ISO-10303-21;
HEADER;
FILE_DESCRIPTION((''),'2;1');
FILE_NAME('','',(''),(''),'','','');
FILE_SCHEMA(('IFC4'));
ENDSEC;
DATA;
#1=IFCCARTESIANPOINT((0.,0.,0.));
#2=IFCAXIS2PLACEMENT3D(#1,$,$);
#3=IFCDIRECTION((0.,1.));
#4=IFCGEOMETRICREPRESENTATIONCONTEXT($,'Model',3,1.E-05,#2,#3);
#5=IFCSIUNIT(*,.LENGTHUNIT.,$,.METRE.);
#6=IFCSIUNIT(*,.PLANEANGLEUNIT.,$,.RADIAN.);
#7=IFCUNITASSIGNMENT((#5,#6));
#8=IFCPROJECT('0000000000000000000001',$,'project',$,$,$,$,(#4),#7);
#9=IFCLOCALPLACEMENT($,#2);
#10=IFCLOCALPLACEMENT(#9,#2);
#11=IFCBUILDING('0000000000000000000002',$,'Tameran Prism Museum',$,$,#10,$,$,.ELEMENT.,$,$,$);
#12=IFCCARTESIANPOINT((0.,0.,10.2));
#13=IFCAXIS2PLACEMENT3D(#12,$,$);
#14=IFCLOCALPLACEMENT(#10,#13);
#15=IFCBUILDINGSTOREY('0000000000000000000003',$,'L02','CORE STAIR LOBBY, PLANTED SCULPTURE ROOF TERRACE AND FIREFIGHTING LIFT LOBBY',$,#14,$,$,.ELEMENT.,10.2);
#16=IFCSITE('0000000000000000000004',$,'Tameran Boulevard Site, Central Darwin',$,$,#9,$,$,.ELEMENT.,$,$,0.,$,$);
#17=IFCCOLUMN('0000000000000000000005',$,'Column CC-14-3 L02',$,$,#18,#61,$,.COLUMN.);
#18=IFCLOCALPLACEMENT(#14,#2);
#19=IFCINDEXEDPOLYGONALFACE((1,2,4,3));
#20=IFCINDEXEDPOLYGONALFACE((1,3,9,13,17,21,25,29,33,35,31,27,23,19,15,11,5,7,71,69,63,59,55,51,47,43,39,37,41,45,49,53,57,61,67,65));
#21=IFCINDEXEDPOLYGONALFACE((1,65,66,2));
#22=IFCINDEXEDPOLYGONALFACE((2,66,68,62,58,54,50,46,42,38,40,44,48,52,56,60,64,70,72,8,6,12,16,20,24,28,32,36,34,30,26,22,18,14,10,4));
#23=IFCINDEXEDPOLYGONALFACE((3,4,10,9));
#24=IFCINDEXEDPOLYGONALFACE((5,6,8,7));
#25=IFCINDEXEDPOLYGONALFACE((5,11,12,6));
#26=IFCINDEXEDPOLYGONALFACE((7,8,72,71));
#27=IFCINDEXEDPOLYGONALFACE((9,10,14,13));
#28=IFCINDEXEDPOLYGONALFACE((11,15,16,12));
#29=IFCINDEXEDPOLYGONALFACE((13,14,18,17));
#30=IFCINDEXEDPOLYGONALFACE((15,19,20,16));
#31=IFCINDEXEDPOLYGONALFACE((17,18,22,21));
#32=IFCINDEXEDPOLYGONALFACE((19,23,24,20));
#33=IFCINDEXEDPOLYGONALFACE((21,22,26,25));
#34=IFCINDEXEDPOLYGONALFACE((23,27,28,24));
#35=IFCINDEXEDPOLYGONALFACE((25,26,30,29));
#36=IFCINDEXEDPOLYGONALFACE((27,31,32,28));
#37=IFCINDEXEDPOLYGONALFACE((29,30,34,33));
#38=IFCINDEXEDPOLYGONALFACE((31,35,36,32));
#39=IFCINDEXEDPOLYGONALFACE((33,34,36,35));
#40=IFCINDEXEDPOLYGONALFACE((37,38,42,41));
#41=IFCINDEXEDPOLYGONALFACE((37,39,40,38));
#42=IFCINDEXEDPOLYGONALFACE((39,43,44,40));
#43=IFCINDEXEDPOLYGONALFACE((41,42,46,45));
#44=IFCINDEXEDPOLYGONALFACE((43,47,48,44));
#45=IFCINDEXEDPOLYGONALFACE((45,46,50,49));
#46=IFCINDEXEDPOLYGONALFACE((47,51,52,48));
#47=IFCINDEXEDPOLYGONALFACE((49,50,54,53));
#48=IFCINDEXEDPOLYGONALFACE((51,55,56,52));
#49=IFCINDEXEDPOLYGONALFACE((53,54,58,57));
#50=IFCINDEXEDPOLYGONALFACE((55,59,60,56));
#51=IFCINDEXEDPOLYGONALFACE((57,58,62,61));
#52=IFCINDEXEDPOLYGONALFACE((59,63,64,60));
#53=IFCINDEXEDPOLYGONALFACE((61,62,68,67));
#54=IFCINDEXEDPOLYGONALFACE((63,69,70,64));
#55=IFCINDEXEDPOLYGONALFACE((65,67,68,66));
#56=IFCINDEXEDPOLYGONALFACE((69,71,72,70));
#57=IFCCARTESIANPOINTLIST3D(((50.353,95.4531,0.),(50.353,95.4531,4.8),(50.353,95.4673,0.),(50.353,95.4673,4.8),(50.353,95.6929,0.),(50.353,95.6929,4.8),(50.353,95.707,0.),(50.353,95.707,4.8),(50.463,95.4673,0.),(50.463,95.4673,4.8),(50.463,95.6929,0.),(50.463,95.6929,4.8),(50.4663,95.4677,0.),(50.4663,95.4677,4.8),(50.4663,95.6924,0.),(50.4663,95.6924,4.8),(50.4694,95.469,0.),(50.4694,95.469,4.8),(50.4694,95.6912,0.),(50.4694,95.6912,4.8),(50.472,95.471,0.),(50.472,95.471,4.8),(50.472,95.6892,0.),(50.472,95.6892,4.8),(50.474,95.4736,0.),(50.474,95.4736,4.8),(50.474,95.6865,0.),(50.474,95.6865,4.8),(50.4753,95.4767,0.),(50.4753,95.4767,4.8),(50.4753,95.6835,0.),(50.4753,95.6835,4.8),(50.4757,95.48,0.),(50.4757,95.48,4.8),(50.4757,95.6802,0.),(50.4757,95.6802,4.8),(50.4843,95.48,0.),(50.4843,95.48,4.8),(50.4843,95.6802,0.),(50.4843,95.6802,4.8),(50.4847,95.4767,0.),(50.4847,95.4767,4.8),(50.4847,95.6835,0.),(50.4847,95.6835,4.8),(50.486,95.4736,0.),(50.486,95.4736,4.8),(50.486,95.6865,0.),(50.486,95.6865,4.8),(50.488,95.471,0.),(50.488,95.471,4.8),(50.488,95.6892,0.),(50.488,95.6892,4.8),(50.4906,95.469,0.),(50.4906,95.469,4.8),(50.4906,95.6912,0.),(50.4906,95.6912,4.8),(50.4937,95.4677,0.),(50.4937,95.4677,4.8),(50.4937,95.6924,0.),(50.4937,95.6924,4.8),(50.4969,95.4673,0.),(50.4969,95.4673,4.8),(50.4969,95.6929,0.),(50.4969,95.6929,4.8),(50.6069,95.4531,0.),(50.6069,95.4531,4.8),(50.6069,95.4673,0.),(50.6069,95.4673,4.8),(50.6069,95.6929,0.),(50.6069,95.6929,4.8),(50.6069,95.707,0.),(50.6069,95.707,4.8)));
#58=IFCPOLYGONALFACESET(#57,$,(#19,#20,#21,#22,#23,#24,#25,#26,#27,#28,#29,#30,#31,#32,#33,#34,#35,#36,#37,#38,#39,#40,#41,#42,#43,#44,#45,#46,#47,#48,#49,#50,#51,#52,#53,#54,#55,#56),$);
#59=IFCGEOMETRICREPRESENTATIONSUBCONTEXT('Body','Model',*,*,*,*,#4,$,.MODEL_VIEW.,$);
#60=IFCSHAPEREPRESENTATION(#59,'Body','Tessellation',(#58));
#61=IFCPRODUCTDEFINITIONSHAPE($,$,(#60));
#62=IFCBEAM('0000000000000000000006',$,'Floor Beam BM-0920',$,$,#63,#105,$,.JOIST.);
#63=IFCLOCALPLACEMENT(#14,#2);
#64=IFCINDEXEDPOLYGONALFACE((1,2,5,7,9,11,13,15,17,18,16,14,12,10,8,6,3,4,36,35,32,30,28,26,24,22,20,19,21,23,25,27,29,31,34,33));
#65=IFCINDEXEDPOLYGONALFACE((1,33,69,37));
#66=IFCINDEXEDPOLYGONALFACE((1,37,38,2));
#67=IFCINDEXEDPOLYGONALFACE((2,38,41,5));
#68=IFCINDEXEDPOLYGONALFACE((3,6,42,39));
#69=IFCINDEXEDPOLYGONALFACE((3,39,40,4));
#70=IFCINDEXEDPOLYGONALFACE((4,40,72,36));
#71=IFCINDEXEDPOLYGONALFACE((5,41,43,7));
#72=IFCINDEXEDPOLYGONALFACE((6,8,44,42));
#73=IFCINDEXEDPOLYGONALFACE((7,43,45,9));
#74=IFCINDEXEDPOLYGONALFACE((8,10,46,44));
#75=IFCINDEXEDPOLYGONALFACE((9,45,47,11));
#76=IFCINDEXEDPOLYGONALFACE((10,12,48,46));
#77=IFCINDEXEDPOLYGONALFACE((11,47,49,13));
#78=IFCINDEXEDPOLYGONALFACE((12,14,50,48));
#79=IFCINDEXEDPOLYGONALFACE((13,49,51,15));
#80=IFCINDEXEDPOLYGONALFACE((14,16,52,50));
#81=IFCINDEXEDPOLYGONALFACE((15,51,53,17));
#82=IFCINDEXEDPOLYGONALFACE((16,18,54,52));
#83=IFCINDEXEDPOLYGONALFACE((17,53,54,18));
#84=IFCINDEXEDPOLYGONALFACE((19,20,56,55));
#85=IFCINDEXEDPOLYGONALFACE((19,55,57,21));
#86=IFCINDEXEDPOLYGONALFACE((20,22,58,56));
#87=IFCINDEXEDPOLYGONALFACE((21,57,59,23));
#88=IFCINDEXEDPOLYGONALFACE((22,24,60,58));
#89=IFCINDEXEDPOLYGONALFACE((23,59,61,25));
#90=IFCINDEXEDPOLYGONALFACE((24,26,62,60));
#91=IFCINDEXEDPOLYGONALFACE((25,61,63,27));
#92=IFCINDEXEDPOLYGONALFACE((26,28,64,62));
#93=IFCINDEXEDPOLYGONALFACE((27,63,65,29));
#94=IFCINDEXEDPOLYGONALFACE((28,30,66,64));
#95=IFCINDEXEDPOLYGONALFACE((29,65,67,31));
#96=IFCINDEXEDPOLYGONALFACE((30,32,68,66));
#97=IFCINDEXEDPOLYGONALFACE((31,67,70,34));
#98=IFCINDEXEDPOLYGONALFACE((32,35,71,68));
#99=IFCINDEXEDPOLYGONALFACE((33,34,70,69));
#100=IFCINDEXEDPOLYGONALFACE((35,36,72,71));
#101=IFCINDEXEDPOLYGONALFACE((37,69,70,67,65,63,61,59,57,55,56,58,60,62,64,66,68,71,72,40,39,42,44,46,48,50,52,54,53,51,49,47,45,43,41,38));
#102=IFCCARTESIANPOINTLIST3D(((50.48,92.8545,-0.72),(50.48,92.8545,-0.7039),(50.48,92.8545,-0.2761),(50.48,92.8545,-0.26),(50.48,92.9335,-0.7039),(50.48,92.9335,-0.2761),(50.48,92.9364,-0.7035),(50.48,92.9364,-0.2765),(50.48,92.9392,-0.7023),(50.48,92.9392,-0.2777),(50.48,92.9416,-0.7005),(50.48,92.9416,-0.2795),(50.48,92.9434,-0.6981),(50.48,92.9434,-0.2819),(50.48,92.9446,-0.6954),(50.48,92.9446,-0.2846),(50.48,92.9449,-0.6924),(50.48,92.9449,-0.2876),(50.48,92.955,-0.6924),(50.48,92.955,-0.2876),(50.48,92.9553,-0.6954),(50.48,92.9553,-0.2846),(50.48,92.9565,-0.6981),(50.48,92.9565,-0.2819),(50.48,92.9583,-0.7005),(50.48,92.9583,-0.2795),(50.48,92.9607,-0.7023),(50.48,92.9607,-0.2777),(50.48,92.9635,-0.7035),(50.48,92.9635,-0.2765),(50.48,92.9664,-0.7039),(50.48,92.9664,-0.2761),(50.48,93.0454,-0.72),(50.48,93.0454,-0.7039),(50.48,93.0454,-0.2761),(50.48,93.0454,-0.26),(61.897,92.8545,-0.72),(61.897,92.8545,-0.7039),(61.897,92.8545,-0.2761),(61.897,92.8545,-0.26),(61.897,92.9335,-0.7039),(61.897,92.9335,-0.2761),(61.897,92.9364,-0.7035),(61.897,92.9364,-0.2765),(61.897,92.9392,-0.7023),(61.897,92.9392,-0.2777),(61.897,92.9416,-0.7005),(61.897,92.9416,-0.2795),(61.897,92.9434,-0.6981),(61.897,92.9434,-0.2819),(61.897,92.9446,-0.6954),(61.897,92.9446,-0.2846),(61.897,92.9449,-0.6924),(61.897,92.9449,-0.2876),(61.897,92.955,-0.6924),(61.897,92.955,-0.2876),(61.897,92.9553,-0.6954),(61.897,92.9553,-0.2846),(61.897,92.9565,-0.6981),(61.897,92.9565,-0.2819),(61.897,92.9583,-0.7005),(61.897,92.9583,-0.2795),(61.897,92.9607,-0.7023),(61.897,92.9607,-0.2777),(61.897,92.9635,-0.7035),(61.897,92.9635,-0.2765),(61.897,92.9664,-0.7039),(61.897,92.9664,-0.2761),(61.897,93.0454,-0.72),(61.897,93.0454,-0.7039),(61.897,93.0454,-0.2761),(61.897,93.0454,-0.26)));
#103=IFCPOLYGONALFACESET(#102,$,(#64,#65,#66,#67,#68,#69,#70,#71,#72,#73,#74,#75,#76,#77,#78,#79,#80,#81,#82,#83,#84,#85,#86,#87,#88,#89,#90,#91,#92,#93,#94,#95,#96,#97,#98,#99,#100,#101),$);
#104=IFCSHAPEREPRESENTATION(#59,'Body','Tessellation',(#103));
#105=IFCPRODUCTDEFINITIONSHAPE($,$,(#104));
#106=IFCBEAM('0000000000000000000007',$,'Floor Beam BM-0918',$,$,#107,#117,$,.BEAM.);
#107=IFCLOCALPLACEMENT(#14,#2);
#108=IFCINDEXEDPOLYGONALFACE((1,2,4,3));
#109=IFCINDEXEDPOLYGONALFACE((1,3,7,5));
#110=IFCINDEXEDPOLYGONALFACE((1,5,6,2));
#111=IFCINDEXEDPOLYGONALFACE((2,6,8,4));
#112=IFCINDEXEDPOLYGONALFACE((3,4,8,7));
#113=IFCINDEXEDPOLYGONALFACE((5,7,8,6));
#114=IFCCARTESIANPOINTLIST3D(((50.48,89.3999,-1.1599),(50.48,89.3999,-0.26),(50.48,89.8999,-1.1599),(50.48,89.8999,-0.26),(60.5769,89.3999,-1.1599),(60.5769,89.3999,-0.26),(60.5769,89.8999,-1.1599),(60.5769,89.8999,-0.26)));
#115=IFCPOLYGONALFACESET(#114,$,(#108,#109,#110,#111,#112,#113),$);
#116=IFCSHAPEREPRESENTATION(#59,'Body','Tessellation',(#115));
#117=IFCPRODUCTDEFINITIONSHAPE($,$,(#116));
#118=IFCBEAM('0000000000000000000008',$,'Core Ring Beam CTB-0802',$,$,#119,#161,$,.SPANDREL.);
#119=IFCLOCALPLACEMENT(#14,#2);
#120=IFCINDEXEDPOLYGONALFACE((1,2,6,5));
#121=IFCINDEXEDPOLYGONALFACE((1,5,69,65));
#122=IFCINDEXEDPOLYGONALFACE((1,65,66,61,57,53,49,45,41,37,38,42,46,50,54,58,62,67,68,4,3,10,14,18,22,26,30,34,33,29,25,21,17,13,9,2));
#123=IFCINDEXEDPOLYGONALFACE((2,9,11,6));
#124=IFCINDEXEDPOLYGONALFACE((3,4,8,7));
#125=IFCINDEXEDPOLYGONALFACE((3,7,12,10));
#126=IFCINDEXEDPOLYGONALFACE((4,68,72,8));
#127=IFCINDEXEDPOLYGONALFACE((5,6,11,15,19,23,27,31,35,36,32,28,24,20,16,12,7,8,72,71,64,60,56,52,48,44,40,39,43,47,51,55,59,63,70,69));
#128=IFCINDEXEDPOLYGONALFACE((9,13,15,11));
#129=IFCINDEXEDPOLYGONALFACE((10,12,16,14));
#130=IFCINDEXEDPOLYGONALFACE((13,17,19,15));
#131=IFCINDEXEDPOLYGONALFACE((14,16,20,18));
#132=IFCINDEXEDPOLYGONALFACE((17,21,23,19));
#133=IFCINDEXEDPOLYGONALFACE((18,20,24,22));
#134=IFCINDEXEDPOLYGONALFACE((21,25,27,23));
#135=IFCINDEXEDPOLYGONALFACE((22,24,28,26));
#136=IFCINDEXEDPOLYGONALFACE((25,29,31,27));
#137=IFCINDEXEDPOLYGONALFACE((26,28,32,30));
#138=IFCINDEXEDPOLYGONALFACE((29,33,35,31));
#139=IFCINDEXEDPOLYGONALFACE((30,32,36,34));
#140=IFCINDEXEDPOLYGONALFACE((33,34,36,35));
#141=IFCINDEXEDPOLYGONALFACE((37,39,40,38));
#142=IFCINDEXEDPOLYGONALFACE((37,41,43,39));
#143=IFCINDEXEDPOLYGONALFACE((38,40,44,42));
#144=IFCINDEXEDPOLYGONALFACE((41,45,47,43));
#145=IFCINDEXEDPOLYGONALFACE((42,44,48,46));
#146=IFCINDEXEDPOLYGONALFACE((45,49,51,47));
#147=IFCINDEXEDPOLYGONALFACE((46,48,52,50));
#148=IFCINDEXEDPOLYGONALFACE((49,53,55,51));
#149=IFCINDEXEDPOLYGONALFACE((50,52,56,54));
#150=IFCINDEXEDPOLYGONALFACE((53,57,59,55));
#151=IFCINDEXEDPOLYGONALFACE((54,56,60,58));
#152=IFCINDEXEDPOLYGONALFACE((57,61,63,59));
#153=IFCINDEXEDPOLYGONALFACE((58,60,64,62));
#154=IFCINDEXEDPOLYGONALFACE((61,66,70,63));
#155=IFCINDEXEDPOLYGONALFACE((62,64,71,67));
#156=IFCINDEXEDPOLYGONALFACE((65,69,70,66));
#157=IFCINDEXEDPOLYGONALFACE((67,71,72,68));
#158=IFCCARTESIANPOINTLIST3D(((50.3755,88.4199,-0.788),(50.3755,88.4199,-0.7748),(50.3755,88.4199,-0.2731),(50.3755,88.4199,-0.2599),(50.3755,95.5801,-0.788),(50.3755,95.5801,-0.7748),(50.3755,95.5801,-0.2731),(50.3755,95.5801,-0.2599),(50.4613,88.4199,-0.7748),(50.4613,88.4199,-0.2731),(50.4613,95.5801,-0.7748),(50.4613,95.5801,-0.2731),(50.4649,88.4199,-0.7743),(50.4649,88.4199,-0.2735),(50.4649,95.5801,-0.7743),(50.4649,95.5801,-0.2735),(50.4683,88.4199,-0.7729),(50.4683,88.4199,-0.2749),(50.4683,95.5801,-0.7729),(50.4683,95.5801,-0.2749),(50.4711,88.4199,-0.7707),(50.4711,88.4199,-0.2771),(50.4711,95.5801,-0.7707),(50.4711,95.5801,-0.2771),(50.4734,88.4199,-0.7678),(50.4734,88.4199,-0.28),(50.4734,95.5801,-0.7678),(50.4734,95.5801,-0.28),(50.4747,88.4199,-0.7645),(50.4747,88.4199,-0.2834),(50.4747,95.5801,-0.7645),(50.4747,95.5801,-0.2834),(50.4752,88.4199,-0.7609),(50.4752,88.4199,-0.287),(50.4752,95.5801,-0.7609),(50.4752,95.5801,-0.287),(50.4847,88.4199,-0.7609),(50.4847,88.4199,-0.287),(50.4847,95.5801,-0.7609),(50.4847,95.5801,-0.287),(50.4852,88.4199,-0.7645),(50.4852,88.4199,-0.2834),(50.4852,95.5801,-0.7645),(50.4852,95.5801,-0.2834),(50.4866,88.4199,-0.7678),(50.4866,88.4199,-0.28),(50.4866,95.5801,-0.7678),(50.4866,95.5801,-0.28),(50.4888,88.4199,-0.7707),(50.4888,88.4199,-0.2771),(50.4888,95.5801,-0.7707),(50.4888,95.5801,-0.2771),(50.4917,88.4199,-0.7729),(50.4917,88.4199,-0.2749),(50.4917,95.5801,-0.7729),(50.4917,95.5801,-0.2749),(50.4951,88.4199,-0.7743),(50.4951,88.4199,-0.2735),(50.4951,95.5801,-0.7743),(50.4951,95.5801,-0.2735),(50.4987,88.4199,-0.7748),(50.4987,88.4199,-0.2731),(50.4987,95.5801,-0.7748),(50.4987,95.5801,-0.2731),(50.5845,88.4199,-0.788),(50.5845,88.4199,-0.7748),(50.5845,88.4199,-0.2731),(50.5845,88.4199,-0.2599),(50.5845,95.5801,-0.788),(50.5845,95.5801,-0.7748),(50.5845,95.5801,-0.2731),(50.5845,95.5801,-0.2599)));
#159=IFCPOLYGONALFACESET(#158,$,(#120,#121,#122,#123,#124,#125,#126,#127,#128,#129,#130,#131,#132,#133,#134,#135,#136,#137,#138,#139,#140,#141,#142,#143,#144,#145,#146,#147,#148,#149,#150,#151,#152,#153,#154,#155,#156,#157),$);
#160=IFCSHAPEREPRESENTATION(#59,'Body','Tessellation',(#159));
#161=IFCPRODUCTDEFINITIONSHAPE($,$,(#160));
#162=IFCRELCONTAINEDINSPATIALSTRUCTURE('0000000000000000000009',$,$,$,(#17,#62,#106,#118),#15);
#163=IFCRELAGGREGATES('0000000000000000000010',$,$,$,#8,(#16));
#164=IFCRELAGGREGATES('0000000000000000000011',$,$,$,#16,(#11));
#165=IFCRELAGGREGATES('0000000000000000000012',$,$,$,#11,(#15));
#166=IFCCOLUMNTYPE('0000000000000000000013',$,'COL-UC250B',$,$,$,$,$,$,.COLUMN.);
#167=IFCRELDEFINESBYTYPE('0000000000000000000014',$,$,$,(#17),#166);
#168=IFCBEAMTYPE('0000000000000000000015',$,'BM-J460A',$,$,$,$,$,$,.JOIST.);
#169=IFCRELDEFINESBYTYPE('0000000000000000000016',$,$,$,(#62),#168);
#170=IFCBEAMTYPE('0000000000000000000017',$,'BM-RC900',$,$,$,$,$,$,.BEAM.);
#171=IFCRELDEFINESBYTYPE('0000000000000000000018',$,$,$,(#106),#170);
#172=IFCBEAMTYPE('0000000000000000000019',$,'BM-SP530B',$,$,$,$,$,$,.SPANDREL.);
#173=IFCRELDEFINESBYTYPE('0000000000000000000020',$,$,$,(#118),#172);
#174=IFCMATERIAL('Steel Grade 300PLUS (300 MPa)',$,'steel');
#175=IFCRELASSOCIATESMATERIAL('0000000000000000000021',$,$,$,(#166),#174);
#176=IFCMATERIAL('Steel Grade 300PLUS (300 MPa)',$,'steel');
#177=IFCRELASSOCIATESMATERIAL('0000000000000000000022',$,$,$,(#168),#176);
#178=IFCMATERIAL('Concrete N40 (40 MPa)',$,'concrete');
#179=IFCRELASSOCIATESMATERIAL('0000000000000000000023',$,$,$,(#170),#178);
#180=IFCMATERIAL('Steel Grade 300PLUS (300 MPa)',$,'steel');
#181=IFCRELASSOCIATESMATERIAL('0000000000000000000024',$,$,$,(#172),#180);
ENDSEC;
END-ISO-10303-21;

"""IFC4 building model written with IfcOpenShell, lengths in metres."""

from ifc_helpers import new_model, si_unit, direction, frame, origin, origin_2d, place, context, subcontext, project, spatial, rectangle, i_section, extrude, material, material_profile, profile_set, type_object, element, save


model = new_model("IFC4")

# Units and contexts
model_context = context("Model", 3, precision=1e-05, world=origin(), true_north=direction((0.0, 1.0)))
body_context = subcontext(model_context, "Body", "Model", "MODEL_VIEW")
ifc_project = project(units=[si_unit("LENGTHUNIT", "METRE"), si_unit("PLANEANGLEUNIT", "RADIAN")], contexts=[model_context])

# Site, building, storey
site_placement = place(None, origin())
site = spatial("IfcSite", under=ifc_project, at=site_placement, Name="Tameran Boulevard Site, Central Darwin", CompositionType="ELEMENT", RefElevation=0.0)
building_placement = place(site_placement, origin())
building = spatial("IfcBuilding", under=site, at=building_placement, Name="Tameran Prism Museum", CompositionType="ELEMENT")
storey_placement = place(building_placement, frame((0.0, 0.0, 10.2)))
storey = spatial("IfcBuildingStorey", under=building, at=storey_placement, Name="L02", Description="CORE STAIR LOBBY, PLANTED SCULPTURE ROOF TERRACE AND FIREFIGHTING LIFT LOBBY", CompositionType="ELEMENT", Elevation=10.2)

# Column
ifc_material_1 = material(Name="Steel Grade 300PLUS (300 MPa)", Category="steel")
ifc_material_profile_1 = material_profile(ifc_material_1, i_section(OverallWidth=0.2539, OverallDepth=0.2539, WebThickness=0.0085, FlangeThickness=0.0142, FilletRadius=0.0127, at=origin_2d()))
ifc_profile_set_1 = profile_set([ifc_material_profile_1])
column_type_1 = type_object("IfcColumnType", Name="COL-UC250B", PredefinedType="COLUMN", material=ifc_profile_set_1)
for number, where, z_axis, x_axis, name in (
    (1, (50.48, 95.5801, 0.0), (0.0, 0.0, 1.0), (1.0, 0.0, 0.0), "Column CC-14-3 L02"),
):
    element("IfcColumn", number, at=place(storey_placement, frame(where, z_axis=z_axis, x_axis=x_axis)), inside=storey, type_object=column_type_1, Name=name, PredefinedType="COLUMN", context=body_context, shape_type="SweptSolid", body=[
        extrude(i_section(OverallWidth=0.2539, OverallDepth=0.2539, WebThickness=0.0085, FlangeThickness=0.0142, FilletRadius=0.0127, at=origin_2d()), origin(), (0.0, 0.0, 1.0), 4.8),
    ])

# Beams
ifc_material_2 = material(Name="Steel Grade 300PLUS (300 MPa)", Category="steel")
ifc_material_profile_2 = material_profile(ifc_material_2, i_section(OverallWidth=0.1909, OverallDepth=0.46, WebThickness=0.01, FlangeThickness=0.0161, FilletRadius=0.0115, at=origin_2d()))
ifc_profile_set_2 = profile_set([ifc_material_profile_2])
beam_type_1 = type_object("IfcBeamType", Name="BM-J460A", PredefinedType="JOIST", material=ifc_profile_set_2)
beam_1_placement = place(storey_placement, frame((50.48, 92.95, -0.49), z_axis=(1.0, 0.0, 0.0), x_axis=(0.0, 1.0, 0.0)))
element("IfcBeam", 2, at=beam_1_placement, inside=storey, type_object=beam_type_1, Name="Floor Beam BM-0920", PredefinedType="JOIST", context=body_context, shape_type="SweptSolid", body=[
    extrude(i_section(OverallWidth=0.1909, OverallDepth=0.46, WebThickness=0.01, FlangeThickness=0.0161, FilletRadius=0.0115, at=origin_2d()), origin(), (0.0, 0.0, 1.0), 11.417),
])
ifc_material_3 = material(Name="Concrete N40 (40 MPa)", Category="concrete")
ifc_material_profile_3 = material_profile(ifc_material_3, rectangle(XDim=0.5, YDim=0.8999, at=origin_2d()))
ifc_profile_set_3 = profile_set([ifc_material_profile_3])
beam_type_2 = type_object("IfcBeamType", Name="BM-RC900", PredefinedType="BEAM", material=ifc_profile_set_3)
beam_2_placement = place(storey_placement, frame((50.48, 89.6499, -0.71), z_axis=(1.0, 0.0, 0.0), x_axis=(0.0, 1.0, 0.0)))
element("IfcBeam", 3, at=beam_2_placement, inside=storey, type_object=beam_type_2, Name="Floor Beam BM-0918", PredefinedType="BEAM", context=body_context, shape_type="SweptSolid", body=[
    extrude(rectangle(XDim=0.5, YDim=0.8999, at=origin_2d()), origin(), (0.0, 0.0, 1.0), 10.0969),
])
ifc_material_4 = material(Name="Steel Grade 300PLUS (300 MPa)", Category="steel")
ifc_material_profile_4 = material_profile(ifc_material_4, i_section(OverallWidth=0.209, OverallDepth=0.5281, WebThickness=0.0095, FlangeThickness=0.0132, FilletRadius=0.0139, at=origin_2d()))
ifc_profile_set_4 = profile_set([ifc_material_profile_4])
beam_type_3 = type_object("IfcBeamType", Name="BM-SP530B", PredefinedType="SPANDREL", material=ifc_profile_set_4)
beam_3_placement = place(storey_placement, frame((50.48, 88.4199, -0.5239), z_axis=(0.0, 1.0, 0.0), x_axis=(-1.0, 0.0, 0.0)))
element("IfcBeam", 4, at=beam_3_placement, inside=storey, type_object=beam_type_3, Name="Core Ring Beam CTB-0802", PredefinedType="SPANDREL", context=body_context, shape_type="SweptSolid", body=[
    extrude(i_section(OverallWidth=0.209, OverallDepth=0.5281, WebThickness=0.0095, FlangeThickness=0.0132, FilletRadius=0.0139, at=origin_2d()), origin(), (0.0, 0.0, 1.0), 7.1602),
])

save(model, "model.ifc")
